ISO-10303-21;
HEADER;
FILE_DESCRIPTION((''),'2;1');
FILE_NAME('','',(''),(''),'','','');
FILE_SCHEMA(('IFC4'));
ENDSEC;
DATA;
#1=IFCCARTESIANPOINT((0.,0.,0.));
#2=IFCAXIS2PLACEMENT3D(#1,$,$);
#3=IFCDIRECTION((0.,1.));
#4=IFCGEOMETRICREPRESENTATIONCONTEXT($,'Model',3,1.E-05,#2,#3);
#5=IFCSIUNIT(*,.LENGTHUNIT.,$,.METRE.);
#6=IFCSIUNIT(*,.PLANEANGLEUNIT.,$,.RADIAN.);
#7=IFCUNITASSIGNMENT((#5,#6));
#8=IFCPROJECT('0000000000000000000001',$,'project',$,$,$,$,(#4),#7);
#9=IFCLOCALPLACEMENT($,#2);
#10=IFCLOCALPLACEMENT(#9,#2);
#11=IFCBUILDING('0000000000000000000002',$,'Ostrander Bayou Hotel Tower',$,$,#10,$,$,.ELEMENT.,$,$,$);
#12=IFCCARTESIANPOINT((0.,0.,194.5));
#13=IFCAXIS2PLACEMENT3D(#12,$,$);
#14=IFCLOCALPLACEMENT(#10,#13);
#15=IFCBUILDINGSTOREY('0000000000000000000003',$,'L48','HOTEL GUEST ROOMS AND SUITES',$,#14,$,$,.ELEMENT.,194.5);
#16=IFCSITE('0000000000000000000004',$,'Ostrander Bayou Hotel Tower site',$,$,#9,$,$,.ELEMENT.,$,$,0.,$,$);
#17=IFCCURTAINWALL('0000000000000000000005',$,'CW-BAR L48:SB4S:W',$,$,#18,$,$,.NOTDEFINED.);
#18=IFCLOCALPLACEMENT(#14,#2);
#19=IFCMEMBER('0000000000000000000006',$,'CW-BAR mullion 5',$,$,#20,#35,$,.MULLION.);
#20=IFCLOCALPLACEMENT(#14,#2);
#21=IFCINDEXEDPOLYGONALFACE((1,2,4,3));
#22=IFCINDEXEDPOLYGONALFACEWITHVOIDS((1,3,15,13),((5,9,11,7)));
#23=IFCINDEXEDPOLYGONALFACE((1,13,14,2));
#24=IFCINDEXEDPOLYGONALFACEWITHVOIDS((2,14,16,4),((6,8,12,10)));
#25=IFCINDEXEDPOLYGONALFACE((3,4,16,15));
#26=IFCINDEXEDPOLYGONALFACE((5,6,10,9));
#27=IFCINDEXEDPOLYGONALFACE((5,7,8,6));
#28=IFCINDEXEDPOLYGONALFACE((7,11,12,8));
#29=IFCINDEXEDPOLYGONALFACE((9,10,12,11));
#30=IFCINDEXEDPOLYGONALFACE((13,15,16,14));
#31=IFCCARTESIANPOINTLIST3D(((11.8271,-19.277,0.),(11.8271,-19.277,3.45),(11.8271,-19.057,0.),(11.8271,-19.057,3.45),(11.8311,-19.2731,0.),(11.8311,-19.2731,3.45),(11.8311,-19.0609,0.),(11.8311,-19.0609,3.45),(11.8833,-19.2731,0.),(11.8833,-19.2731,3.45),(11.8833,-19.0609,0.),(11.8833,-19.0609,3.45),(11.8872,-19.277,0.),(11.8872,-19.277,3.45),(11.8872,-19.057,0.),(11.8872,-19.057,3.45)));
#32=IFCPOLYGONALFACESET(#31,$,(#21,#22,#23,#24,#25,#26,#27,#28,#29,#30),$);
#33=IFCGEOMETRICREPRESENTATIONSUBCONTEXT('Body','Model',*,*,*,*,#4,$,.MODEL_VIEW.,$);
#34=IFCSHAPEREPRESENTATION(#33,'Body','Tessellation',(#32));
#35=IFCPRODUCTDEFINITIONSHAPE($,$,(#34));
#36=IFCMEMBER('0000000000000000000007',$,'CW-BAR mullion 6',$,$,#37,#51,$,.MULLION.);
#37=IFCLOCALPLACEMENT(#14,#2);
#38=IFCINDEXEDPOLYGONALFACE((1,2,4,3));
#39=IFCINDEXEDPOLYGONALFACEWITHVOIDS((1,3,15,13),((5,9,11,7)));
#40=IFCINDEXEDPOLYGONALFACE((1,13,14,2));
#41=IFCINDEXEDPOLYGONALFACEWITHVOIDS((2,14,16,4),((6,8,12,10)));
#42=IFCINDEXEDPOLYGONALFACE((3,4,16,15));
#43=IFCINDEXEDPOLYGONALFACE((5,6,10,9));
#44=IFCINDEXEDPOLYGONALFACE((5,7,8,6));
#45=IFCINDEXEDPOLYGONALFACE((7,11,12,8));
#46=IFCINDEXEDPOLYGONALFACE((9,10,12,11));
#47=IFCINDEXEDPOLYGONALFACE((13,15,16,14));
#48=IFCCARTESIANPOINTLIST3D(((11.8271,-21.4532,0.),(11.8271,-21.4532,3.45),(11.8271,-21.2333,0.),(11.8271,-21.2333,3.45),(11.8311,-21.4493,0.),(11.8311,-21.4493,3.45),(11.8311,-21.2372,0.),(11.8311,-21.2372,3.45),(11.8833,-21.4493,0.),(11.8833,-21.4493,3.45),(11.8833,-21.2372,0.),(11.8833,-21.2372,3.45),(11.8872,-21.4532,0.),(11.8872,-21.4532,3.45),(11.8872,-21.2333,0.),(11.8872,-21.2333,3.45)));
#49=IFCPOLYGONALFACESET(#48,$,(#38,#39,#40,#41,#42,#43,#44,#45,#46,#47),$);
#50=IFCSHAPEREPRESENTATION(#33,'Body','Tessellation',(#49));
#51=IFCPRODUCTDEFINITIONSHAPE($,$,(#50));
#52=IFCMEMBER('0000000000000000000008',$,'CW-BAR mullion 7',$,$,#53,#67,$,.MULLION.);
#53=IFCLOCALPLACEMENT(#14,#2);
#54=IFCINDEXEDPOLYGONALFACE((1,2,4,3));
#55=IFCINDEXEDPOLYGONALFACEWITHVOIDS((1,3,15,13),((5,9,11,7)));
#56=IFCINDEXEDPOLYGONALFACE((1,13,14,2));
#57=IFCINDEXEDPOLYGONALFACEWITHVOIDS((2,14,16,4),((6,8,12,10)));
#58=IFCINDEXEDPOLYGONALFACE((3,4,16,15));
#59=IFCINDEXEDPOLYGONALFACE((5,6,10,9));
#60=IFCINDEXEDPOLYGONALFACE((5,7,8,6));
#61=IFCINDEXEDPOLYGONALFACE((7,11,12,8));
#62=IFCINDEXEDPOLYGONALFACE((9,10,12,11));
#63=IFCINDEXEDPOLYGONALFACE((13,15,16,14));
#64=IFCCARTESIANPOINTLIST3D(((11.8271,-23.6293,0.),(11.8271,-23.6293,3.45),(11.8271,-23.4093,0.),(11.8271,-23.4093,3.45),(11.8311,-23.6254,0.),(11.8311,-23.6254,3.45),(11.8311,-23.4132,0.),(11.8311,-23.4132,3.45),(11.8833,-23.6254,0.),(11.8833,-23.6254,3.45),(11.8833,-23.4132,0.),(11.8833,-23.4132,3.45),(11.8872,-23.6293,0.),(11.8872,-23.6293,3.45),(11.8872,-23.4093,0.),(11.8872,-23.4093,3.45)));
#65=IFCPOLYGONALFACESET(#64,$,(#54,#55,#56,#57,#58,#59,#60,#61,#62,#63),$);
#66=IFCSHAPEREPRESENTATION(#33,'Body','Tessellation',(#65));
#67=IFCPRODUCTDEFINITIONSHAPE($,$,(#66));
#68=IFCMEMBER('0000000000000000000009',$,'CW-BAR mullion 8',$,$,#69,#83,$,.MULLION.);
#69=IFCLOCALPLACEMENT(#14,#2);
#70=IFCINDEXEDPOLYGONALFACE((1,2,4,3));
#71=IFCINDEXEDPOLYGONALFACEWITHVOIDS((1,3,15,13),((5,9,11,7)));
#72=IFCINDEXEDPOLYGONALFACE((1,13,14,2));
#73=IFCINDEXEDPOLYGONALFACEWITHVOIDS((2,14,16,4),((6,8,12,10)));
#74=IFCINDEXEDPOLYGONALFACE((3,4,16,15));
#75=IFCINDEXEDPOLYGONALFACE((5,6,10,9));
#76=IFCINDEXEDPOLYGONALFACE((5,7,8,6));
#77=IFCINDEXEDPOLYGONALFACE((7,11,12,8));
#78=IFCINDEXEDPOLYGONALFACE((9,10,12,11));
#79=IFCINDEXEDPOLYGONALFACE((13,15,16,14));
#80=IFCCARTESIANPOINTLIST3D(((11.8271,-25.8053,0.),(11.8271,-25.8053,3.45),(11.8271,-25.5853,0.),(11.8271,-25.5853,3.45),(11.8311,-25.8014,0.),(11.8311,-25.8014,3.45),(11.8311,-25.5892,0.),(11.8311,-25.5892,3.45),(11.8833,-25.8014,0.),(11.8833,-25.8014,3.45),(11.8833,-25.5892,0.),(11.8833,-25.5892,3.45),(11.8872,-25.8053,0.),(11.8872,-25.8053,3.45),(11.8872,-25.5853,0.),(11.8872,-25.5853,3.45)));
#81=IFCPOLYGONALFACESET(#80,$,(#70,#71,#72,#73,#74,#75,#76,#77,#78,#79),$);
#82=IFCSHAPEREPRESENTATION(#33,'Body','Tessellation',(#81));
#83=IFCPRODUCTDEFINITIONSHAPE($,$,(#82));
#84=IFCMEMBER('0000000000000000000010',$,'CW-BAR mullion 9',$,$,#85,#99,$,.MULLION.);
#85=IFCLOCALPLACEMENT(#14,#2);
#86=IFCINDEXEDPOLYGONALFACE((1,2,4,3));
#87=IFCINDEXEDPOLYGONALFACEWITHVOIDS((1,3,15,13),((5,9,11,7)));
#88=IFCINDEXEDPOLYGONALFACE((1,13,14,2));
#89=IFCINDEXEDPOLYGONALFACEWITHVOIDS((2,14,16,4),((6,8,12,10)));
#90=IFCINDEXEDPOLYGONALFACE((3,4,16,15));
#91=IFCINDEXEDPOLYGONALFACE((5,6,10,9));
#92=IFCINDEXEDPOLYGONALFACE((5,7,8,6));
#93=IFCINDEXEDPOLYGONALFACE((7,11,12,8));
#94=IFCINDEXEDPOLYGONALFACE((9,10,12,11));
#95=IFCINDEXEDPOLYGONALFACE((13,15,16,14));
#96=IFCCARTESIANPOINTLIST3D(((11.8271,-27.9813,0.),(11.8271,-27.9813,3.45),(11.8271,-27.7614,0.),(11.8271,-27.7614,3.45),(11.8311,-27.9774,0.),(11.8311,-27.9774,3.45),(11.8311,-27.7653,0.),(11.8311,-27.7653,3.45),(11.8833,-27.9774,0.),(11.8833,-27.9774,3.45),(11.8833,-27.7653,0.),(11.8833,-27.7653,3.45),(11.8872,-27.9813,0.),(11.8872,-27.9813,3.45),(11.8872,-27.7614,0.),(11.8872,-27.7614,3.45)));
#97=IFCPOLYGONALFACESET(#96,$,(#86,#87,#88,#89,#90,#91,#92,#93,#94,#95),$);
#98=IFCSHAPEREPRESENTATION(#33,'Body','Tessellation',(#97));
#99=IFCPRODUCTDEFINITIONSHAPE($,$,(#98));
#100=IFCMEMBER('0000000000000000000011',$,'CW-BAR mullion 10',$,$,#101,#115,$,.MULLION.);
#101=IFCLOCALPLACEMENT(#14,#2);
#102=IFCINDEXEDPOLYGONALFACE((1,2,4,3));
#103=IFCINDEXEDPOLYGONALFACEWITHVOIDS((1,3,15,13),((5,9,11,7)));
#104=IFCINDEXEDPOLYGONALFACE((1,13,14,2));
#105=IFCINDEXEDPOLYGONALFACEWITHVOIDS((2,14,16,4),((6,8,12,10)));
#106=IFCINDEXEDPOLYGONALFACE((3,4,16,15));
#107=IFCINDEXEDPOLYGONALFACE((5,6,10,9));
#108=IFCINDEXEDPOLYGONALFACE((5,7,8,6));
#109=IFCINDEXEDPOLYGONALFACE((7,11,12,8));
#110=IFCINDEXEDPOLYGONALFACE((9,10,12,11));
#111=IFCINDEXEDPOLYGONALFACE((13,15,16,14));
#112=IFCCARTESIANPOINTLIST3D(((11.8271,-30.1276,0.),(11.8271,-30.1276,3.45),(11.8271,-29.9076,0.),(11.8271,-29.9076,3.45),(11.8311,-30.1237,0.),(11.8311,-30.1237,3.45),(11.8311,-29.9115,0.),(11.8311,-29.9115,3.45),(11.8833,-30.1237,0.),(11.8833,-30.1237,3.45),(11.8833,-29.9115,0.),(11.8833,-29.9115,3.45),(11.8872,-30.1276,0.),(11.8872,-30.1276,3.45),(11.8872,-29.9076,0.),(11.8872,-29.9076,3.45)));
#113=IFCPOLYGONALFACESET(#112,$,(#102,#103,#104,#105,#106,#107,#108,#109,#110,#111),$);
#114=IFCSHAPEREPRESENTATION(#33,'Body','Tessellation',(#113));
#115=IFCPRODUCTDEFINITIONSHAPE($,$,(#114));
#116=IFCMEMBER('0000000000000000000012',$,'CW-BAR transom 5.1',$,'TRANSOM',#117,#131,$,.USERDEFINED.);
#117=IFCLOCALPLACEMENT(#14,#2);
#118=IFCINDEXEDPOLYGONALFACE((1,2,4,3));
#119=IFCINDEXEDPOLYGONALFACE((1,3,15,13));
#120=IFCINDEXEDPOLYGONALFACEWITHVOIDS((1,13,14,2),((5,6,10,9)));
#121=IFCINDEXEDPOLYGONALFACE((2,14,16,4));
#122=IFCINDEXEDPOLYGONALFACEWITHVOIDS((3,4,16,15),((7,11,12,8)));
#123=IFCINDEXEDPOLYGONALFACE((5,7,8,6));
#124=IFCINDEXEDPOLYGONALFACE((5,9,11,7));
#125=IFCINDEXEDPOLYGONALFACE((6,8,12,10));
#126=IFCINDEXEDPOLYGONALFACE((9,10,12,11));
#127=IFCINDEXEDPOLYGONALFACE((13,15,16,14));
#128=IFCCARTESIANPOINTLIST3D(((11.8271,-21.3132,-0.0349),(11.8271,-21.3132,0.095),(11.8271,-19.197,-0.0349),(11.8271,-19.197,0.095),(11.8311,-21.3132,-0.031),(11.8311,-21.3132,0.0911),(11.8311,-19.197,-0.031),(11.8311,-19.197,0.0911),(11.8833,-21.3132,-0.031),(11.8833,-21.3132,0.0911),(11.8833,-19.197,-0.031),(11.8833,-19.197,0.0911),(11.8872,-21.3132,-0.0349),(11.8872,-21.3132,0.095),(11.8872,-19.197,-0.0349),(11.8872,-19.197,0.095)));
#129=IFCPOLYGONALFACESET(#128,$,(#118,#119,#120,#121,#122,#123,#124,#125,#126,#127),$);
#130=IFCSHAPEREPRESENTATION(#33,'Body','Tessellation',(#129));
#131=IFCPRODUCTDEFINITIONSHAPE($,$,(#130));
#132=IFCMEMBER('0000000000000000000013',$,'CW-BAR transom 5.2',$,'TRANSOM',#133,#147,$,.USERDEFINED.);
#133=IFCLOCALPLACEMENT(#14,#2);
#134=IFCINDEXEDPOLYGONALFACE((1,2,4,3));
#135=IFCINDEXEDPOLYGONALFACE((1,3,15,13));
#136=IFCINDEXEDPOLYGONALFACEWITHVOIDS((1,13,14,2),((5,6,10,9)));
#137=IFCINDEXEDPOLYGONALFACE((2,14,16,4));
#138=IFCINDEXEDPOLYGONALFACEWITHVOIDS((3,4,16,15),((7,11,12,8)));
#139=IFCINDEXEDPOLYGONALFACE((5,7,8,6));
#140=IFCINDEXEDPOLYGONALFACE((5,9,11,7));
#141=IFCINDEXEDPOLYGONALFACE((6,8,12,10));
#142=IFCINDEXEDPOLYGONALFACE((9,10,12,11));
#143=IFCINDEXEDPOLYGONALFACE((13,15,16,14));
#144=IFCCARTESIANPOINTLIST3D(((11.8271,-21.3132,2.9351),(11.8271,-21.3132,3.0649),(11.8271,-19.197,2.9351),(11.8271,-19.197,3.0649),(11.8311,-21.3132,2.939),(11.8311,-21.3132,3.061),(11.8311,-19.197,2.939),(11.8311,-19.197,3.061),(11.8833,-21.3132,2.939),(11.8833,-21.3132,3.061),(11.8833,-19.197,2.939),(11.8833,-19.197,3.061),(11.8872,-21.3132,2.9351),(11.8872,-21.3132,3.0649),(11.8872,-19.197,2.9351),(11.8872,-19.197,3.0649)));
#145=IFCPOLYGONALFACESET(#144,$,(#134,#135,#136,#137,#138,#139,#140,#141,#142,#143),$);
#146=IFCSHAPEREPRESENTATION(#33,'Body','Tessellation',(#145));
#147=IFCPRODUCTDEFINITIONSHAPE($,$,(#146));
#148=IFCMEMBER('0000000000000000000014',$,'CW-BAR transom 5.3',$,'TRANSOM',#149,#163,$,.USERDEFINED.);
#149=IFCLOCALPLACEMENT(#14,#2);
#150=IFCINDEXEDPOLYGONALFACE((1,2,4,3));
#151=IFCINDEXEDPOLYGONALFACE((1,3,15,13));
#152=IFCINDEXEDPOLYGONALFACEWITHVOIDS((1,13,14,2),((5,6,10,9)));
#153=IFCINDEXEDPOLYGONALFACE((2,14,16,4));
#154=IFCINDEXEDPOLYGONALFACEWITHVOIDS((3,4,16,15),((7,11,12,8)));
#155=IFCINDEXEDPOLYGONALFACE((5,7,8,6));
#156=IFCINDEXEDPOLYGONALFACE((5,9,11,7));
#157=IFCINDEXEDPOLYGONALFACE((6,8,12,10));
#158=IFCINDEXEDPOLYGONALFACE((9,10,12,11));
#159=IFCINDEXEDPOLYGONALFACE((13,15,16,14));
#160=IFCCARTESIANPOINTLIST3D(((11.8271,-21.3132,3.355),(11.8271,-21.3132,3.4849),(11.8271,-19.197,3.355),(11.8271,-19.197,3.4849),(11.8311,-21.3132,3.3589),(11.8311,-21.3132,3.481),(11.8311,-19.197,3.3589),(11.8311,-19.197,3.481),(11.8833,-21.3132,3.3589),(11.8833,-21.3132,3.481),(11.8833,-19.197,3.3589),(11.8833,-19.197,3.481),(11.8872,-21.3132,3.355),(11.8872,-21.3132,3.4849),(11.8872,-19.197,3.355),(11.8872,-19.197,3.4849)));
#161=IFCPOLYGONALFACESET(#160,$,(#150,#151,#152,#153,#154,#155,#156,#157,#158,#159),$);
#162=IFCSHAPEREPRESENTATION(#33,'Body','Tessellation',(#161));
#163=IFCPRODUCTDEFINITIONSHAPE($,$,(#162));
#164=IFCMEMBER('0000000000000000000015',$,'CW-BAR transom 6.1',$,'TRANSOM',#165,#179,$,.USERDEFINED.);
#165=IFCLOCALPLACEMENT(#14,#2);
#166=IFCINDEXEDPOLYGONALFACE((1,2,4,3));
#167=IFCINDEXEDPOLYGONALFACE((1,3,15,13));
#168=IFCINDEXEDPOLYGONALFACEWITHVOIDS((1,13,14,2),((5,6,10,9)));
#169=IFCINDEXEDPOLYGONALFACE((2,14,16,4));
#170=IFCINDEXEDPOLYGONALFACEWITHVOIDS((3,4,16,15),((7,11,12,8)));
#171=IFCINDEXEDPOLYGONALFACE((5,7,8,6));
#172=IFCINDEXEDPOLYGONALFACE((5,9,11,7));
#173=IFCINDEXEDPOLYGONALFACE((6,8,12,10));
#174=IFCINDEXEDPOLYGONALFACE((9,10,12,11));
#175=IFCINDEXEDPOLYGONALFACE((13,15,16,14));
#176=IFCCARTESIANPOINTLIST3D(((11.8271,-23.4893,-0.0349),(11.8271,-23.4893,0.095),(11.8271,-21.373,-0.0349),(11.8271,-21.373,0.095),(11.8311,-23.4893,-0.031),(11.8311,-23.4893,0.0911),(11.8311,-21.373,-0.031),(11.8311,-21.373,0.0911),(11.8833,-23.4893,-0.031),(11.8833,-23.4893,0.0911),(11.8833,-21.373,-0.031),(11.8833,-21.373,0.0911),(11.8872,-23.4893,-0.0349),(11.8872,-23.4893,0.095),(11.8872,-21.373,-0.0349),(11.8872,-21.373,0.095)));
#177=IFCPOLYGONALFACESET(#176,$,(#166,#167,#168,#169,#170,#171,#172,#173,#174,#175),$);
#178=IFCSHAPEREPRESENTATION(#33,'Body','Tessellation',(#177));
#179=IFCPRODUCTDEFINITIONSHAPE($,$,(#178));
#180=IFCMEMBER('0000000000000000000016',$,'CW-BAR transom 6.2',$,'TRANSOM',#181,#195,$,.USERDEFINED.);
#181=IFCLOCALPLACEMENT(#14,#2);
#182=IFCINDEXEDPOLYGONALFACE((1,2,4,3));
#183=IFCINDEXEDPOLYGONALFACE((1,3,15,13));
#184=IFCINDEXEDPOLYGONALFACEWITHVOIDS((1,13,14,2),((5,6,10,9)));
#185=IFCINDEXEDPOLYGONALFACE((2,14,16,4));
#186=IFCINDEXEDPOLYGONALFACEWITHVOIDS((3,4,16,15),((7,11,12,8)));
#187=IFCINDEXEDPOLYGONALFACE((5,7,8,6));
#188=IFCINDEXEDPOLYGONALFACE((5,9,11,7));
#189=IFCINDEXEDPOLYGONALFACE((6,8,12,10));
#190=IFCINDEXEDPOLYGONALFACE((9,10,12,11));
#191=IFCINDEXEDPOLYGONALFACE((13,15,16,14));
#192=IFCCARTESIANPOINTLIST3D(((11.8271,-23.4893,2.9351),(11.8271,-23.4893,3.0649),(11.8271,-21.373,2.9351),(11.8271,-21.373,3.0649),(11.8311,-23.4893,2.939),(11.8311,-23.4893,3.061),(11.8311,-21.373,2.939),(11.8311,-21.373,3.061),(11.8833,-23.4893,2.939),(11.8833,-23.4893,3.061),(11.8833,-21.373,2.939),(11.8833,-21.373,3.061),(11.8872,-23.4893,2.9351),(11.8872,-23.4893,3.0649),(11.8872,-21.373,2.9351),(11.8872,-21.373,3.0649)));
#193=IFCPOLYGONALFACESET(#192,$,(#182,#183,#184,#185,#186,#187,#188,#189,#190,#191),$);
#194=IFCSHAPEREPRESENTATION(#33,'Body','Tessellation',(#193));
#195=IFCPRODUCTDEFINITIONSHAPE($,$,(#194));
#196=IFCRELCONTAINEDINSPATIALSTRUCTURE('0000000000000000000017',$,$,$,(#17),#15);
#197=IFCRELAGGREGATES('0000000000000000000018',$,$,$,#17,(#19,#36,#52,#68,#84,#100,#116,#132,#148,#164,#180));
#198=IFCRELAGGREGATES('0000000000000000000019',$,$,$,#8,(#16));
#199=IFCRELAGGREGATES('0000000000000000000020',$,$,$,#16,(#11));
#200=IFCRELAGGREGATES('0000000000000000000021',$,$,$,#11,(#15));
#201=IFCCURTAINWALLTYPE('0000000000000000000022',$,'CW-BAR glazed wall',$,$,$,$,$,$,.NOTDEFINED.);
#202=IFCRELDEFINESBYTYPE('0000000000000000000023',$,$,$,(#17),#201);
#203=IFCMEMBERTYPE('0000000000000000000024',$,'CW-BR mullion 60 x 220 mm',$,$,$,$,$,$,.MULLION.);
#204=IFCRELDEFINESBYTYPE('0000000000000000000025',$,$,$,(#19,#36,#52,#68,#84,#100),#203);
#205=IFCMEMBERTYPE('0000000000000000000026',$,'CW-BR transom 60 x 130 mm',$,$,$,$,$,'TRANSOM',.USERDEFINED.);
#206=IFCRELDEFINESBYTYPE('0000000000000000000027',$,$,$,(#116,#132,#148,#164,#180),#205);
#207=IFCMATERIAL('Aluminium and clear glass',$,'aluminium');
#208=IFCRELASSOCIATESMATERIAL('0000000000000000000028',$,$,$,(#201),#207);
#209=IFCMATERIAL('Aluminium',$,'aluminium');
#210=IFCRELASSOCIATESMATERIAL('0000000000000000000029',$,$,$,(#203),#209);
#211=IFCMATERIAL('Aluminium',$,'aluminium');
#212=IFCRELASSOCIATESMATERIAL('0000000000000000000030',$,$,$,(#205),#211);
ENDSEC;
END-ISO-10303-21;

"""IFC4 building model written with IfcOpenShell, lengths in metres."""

from ifc_helpers import new_model, si_unit, direction, frame, origin, origin_2d, place, context, subcontext, project, spatial, hollow_rectangle, extrude, material, material_profile, profile_set, type_object, element, aggregate, save


model = new_model("IFC4")

# Units and contexts
model_context = context("Model", 3, precision=1e-05, world=origin(), true_north=direction((0.0, 1.0)))
body_context = subcontext(model_context, "Body", "Model", "MODEL_VIEW")
ifc_project = project(units=[si_unit("LENGTHUNIT", "METRE"), si_unit("PLANEANGLEUNIT", "RADIAN")], contexts=[model_context])

# Site, building, storey
site_placement = place(None, origin())
site = spatial("IfcSite", under=ifc_project, at=site_placement, Name="Ostrander Bayou Hotel Tower site", CompositionType="ELEMENT", RefElevation=0.0)
building_placement = place(site_placement, origin())
building = spatial("IfcBuilding", under=site, at=building_placement, Name="Ostrander Bayou Hotel Tower", CompositionType="ELEMENT")
storey_placement = place(building_placement, frame((0.0, 0.0, 194.5)))
storey = spatial("IfcBuildingStorey", under=building, at=storey_placement, Name="L48", Description="HOTEL GUEST ROOMS AND SUITES", CompositionType="ELEMENT", Elevation=194.5)

# Curtain wall, members
ifc_material_1 = material(Name="Aluminium and clear glass", Category="aluminium")
curtain_wall_type = type_object("IfcCurtainWallType", Name="CW-BAR glazed wall", PredefinedType="NOTDEFINED", material=ifc_material_1)
curtain_wall_placement = place(storey_placement, origin())
curtain_wall = element("IfcCurtainWall", 1, at=curtain_wall_placement, inside=storey, type_object=curtain_wall_type, Name="CW-BAR L48:SB4S:W", PredefinedType="NOTDEFINED")
ifc_material_2 = material(Name="Aluminium", Category="aluminium")
ifc_material_profile_1 = material_profile(ifc_material_2, hollow_rectangle(XDim=0.0601, YDim=0.22, WallThickness=0.0039, at=origin_2d()))
ifc_profile_set_1 = profile_set([ifc_material_profile_1], Name="Aluminium")
member_type_1 = type_object("IfcMemberType", Name="CW-BR mullion 60 x 220 mm", PredefinedType="MULLION", material=ifc_profile_set_1)
member_1_placement = place(storey_placement, frame((11.8572, -19.167, 0.0), z_axis=(0.0, 0.0, 1.0), x_axis=(1.0, 0.0, 0.0)))
member_1 = element("IfcMember", 2, at=member_1_placement, type_object=member_type_1, Name="CW-BAR mullion 5", PredefinedType="MULLION", context=body_context, shape_type="SweptSolid", body=[
    extrude(hollow_rectangle(XDim=0.0601, YDim=0.22, WallThickness=0.0039, at=origin_2d()), origin(), (0.0, 0.0, 1.0), 3.45),
])
member_2_placement = place(storey_placement, frame((11.8572, -21.3433, 0.0), z_axis=(0.0, 0.0, 1.0), x_axis=(1.0, 0.0, 0.0)))
member_2 = element("IfcMember", 3, at=member_2_placement, type_object=member_type_1, Name="CW-BAR mullion 6", PredefinedType="MULLION", context=body_context, shape_type="SweptSolid", body=[
    extrude(hollow_rectangle(XDim=0.0601, YDim=0.22, WallThickness=0.0039, at=origin_2d()), origin(), (0.0, 0.0, 1.0), 3.45),
])
member_3_placement = place(storey_placement, frame((11.8572, -23.5193, 0.0), z_axis=(0.0, 0.0, 1.0), x_axis=(1.0, 0.0, 0.0)))
member_3 = element("IfcMember", 4, at=member_3_placement, type_object=member_type_1, Name="CW-BAR mullion 7", PredefinedType="MULLION", context=body_context, shape_type="SweptSolid", body=[
    extrude(hollow_rectangle(XDim=0.0601, YDim=0.22, WallThickness=0.0039, at=origin_2d()), origin(), (0.0, 0.0, 1.0), 3.45),
])
member_4_placement = place(storey_placement, frame((11.8572, -25.6953, 0.0), z_axis=(0.0, 0.0, 1.0), x_axis=(1.0, 0.0, 0.0)))
member_4 = element("IfcMember", 5, at=member_4_placement, type_object=member_type_1, Name="CW-BAR mullion 8", PredefinedType="MULLION", context=body_context, shape_type="SweptSolid", body=[
    extrude(hollow_rectangle(XDim=0.0601, YDim=0.22, WallThickness=0.0039, at=origin_2d()), origin(), (0.0, 0.0, 1.0), 3.45),
])
member_5_placement = place(storey_placement, frame((11.8572, -27.8713, 0.0), z_axis=(0.0, 0.0, 1.0), x_axis=(1.0, 0.0, 0.0)))
member_5 = element("IfcMember", 6, at=member_5_placement, type_object=member_type_1, Name="CW-BAR mullion 9", PredefinedType="MULLION", context=body_context, shape_type="SweptSolid", body=[
    extrude(hollow_rectangle(XDim=0.0601, YDim=0.22, WallThickness=0.0039, at=origin_2d()), origin(), (0.0, 0.0, 1.0), 3.45),
])
member_6_placement = place(storey_placement, frame((11.8572, -30.0176, 0.0), z_axis=(0.0, 0.0, 1.0), x_axis=(1.0, 0.0, 0.0)))
member_6 = element("IfcMember", 7, at=member_6_placement, type_object=member_type_1, Name="CW-BAR mullion 10", PredefinedType="MULLION", context=body_context, shape_type="SweptSolid", body=[
    extrude(hollow_rectangle(XDim=0.0601, YDim=0.22, WallThickness=0.0039, at=origin_2d()), origin(), (0.0, 0.0, 1.0), 3.45),
])
ifc_material_3 = material(Name="Aluminium", Category="aluminium")
ifc_material_profile_2 = material_profile(ifc_material_3, hollow_rectangle(XDim=0.0601, YDim=0.1299, WallThickness=0.0039, at=origin_2d()))
ifc_profile_set_2 = profile_set([ifc_material_profile_2], Name="Aluminium")
member_type_2 = type_object("IfcMemberType", Name="CW-BR transom 60 x 130 mm", ElementType="TRANSOM", PredefinedType="USERDEFINED", material=ifc_profile_set_2)
member_7_placement = place(storey_placement, frame((11.8572, -19.197, 0.03), z_axis=(0.0, -1.0, 0.0), x_axis=(1.0, 0.0, 0.0)))
member_7 = element("IfcMember", 8, at=member_7_placement, type_object=member_type_2, Name="CW-BAR transom 5.1", ObjectType="TRANSOM", PredefinedType="USERDEFINED", context=body_context, shape_type="SweptSolid", body=[
    extrude(hollow_rectangle(XDim=0.0601, YDim=0.1299, WallThickness=0.0039, at=origin_2d()), origin(), (0.0, 0.0, 1.0), 2.1162),
])
member_8_placement = place(storey_placement, frame((11.8572, -19.197, 3.0), z_axis=(0.0, -1.0, 0.0), x_axis=(1.0, 0.0, 0.0)))
member_8 = element("IfcMember", 9, at=member_8_placement, type_object=member_type_2, Name="CW-BAR transom 5.2", ObjectType="TRANSOM", PredefinedType="USERDEFINED", context=body_context, shape_type="SweptSolid", body=[
    extrude(hollow_rectangle(XDim=0.0601, YDim=0.1299, WallThickness=0.0039, at=origin_2d()), origin(), (0.0, 0.0, 1.0), 2.1162),
])
member_9_placement = place(storey_placement, frame((11.8572, -19.197, 3.4199), z_axis=(0.0, -1.0, 0.0), x_axis=(1.0, 0.0, 0.0)))
member_9 = element("IfcMember", 10, at=member_9_placement, type_object=member_type_2, Name="CW-BAR transom 5.3", ObjectType="TRANSOM", PredefinedType="USERDEFINED", context=body_context, shape_type="SweptSolid", body=[
    extrude(hollow_rectangle(XDim=0.0601, YDim=0.1299, WallThickness=0.0039, at=origin_2d()), origin(), (0.0, 0.0, 1.0), 2.1162),
])
member_10_placement = place(storey_placement, frame((11.8572, -21.373, 0.03), z_axis=(0.0, -1.0, 0.0), x_axis=(1.0, 0.0, 0.0)))
member_10 = element("IfcMember", 11, at=member_10_placement, type_object=member_type_2, Name="CW-BAR transom 6.1", ObjectType="TRANSOM", PredefinedType="USERDEFINED", context=body_context, shape_type="SweptSolid", body=[
    extrude(hollow_rectangle(XDim=0.0601, YDim=0.1299, WallThickness=0.0039, at=origin_2d()), origin(), (0.0, 0.0, 1.0), 2.1162),
])
member_11_placement = place(storey_placement, frame((11.8572, -21.373, 3.0), z_axis=(0.0, -1.0, 0.0), x_axis=(1.0, 0.0, 0.0)))
member_11 = element("IfcMember", 12, at=member_11_placement, type_object=member_type_2, Name="CW-BAR transom 6.2", ObjectType="TRANSOM", PredefinedType="USERDEFINED", context=body_context, shape_type="SweptSolid", body=[
    extrude(hollow_rectangle(XDim=0.0601, YDim=0.1299, WallThickness=0.0039, at=origin_2d()), origin(), (0.0, 0.0, 1.0), 2.1162),
])

aggregate(curtain_wall, [member_1, member_2, member_3, member_4, member_5, member_6, member_7, member_8, member_9, member_10, member_11])

save(model, "model.ifc")
